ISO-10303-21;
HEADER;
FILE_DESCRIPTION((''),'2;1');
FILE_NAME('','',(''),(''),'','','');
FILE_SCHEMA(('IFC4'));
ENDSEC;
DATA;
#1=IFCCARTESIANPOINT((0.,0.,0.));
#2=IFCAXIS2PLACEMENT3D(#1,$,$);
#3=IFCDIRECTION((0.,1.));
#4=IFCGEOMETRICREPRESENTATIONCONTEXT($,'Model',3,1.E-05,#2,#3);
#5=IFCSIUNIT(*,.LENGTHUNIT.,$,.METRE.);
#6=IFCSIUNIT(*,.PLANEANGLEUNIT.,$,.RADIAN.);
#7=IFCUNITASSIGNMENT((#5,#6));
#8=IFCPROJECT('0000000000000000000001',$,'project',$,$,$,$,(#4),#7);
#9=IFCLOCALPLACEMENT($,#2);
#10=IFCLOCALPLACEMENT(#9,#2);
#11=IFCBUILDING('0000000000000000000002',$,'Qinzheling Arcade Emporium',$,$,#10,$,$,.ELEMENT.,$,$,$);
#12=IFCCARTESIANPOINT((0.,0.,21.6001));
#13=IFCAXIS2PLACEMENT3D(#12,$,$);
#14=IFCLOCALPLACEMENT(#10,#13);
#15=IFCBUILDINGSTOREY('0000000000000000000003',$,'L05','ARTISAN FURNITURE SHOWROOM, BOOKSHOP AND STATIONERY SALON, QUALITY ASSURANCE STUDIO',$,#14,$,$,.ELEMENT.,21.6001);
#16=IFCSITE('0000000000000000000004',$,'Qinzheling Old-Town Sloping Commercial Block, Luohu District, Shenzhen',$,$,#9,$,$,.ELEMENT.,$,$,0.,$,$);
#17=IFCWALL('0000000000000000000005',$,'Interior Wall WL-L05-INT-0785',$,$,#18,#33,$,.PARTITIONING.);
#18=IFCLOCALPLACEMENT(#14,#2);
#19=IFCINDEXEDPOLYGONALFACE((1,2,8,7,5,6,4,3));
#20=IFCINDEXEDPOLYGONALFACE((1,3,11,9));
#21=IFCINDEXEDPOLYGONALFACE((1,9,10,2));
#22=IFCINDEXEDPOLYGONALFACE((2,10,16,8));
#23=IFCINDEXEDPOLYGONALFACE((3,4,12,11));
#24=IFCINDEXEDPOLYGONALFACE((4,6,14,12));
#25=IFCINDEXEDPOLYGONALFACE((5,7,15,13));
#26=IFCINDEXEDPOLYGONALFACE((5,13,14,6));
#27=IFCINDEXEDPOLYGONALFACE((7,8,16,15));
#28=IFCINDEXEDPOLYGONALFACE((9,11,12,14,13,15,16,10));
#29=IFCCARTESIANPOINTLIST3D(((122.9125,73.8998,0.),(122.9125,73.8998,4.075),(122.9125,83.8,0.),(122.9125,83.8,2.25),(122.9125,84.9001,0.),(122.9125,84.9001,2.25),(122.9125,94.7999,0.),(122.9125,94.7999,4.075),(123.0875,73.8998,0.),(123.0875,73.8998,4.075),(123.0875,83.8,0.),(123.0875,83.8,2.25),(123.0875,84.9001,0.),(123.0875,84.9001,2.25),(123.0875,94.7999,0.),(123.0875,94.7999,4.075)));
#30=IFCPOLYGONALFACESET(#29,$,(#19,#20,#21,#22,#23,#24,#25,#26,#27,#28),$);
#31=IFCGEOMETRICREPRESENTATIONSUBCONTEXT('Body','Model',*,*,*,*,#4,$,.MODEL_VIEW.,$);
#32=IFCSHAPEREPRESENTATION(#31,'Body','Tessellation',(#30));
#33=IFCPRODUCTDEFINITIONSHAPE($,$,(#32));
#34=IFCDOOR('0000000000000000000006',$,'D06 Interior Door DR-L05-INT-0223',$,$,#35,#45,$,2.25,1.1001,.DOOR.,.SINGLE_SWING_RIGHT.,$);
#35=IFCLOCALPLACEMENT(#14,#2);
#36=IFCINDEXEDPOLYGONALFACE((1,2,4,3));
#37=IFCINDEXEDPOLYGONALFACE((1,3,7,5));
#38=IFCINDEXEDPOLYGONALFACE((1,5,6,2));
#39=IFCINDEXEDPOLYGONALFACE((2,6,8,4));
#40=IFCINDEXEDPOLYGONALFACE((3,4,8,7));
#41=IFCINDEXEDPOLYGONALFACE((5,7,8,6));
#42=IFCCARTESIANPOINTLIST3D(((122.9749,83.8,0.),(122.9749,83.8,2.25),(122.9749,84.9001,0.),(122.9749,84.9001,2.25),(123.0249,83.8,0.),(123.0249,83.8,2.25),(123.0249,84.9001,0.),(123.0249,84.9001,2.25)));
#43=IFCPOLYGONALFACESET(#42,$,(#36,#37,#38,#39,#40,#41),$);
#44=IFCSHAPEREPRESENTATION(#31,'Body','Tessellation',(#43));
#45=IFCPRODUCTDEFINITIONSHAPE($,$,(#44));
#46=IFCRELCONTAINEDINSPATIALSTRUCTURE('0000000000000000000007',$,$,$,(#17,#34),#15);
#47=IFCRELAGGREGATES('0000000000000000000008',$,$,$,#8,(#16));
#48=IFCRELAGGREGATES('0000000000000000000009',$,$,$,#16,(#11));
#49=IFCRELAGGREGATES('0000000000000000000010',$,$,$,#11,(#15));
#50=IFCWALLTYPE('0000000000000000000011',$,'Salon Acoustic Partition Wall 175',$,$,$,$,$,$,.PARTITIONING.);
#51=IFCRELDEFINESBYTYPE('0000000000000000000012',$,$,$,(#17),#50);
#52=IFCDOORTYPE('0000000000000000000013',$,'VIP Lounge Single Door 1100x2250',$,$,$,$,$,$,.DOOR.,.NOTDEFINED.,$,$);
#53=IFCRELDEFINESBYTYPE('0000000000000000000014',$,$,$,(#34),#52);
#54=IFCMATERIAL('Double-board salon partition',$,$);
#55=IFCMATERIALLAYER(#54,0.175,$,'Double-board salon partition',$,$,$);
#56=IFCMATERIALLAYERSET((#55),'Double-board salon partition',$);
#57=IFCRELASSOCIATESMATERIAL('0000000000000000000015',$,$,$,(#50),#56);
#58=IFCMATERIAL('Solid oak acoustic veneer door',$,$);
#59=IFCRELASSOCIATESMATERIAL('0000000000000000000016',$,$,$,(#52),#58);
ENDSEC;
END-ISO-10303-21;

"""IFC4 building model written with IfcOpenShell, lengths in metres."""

from ifc_helpers import new_model, si_unit, direction, frame, frame_2d, origin, place, context, subcontext, project, spatial, rectangle, extrude, material, layer, layer_set, type_object, element, fill, save


model = new_model("IFC4")

# Units and contexts
model_context = context("Model", 3, precision=1e-05, world=origin(), true_north=direction((0.0, 1.0)))
body_context = subcontext(model_context, "Body", "Model", "MODEL_VIEW")
ifc_project = project(units=[si_unit("LENGTHUNIT", "METRE"), si_unit("PLANEANGLEUNIT", "RADIAN")], contexts=[model_context])

# Site, building, storey
site_placement = place(None, origin())
site = spatial("IfcSite", under=ifc_project, at=site_placement, Name="Qinzheling Old-Town Sloping Commercial Block, Luohu District, Shenzhen", CompositionType="ELEMENT", RefElevation=0.0)
building_placement = place(site_placement, origin())
building = spatial("IfcBuilding", under=site, at=building_placement, Name="Qinzheling Arcade Emporium", CompositionType="ELEMENT")
storey_placement = place(building_placement, frame((0.0, 0.0, 21.6001)))
storey = spatial("IfcBuildingStorey", under=building, at=storey_placement, Name="L05", Description="ARTISAN FURNITURE SHOWROOM, BOOKSHOP AND STATIONERY SALON, QUALITY ASSURANCE STUDIO", CompositionType="ELEMENT", Elevation=21.6001)

# Wall, opening, door
ifc_material_1 = material(Name="Double-board salon partition")
ifc_layer_1 = layer(ifc_material_1, 0.175, Name="Double-board salon partition")
ifc_layer_set_1 = layer_set([ifc_layer_1], Name="Double-board salon partition")
wall_type_1 = type_object("IfcWallType", Name="Salon Acoustic Partition Wall 175", PredefinedType="PARTITIONING", material=ifc_layer_set_1)
wall_1_placement = place(storey_placement, frame((123.0, 94.8, 0.0), z_axis=(0.0, 0.0, 1.0), x_axis=(0.0, -1.0, 0.0)))
wall_1 = element("IfcWall", 1, at=wall_1_placement, inside=storey, type_object=wall_type_1, Name="Interior Wall WL-L05-INT-0785", PredefinedType="PARTITIONING", context=body_context, shape_type="SweptSolid", body=[
    extrude(rectangle(XDim=20.9001, YDim=0.175, at=frame_2d((10.4502, 0.0))), origin(), (0.0, 0.0, 1.0), 4.075),
])
opening_1_placement = place(wall_1_placement, frame((9.8999, 0.0, 0.0)))
opening_1 = element("IfcOpeningElement", 2, at=opening_1_placement, cuts=wall_1, PredefinedType="OPENING", context=body_context, shape_type="SweptSolid", body=[
    extrude(rectangle(XDim=1.1001, YDim=2.25, at=frame_2d((0.55, 1.125))), frame((0.0, 0.0977, 0.0), z_axis=(0.0, -1.0, 0.0), x_axis=(1.0, 0.0, 0.0)), (0.0, 0.0, 1.0), 0.1951),
])
ifc_material_2 = material(Name="Solid oak acoustic veneer door")
door_type_1 = type_object("IfcDoorType", Name="VIP Lounge Single Door 1100x2250", OperationType="NOTDEFINED", PredefinedType="DOOR", material=ifc_material_2)
door_1_placement = place(opening_1_placement, origin())
door_1 = element("IfcDoor", 3, at=door_1_placement, inside=storey, type_object=door_type_1, Name="D06 Interior Door DR-L05-INT-0223", OperationType="SINGLE_SWING_RIGHT", OverallHeight=2.25, OverallWidth=1.1001, PredefinedType="DOOR", context=body_context, shape_type="SweptSolid", body=[
    extrude(rectangle(XDim=1.1001, YDim=2.25, at=frame_2d((0.55, 1.125))), frame((0.0, 0.0249, 0.0), z_axis=(0.0, -1.0, 0.0), x_axis=(1.0, 0.0, 0.0)), (0.0, 0.0, 1.0), 0.05),
])
fill(opening_1, door_1)

save(model, "model.ifc")
